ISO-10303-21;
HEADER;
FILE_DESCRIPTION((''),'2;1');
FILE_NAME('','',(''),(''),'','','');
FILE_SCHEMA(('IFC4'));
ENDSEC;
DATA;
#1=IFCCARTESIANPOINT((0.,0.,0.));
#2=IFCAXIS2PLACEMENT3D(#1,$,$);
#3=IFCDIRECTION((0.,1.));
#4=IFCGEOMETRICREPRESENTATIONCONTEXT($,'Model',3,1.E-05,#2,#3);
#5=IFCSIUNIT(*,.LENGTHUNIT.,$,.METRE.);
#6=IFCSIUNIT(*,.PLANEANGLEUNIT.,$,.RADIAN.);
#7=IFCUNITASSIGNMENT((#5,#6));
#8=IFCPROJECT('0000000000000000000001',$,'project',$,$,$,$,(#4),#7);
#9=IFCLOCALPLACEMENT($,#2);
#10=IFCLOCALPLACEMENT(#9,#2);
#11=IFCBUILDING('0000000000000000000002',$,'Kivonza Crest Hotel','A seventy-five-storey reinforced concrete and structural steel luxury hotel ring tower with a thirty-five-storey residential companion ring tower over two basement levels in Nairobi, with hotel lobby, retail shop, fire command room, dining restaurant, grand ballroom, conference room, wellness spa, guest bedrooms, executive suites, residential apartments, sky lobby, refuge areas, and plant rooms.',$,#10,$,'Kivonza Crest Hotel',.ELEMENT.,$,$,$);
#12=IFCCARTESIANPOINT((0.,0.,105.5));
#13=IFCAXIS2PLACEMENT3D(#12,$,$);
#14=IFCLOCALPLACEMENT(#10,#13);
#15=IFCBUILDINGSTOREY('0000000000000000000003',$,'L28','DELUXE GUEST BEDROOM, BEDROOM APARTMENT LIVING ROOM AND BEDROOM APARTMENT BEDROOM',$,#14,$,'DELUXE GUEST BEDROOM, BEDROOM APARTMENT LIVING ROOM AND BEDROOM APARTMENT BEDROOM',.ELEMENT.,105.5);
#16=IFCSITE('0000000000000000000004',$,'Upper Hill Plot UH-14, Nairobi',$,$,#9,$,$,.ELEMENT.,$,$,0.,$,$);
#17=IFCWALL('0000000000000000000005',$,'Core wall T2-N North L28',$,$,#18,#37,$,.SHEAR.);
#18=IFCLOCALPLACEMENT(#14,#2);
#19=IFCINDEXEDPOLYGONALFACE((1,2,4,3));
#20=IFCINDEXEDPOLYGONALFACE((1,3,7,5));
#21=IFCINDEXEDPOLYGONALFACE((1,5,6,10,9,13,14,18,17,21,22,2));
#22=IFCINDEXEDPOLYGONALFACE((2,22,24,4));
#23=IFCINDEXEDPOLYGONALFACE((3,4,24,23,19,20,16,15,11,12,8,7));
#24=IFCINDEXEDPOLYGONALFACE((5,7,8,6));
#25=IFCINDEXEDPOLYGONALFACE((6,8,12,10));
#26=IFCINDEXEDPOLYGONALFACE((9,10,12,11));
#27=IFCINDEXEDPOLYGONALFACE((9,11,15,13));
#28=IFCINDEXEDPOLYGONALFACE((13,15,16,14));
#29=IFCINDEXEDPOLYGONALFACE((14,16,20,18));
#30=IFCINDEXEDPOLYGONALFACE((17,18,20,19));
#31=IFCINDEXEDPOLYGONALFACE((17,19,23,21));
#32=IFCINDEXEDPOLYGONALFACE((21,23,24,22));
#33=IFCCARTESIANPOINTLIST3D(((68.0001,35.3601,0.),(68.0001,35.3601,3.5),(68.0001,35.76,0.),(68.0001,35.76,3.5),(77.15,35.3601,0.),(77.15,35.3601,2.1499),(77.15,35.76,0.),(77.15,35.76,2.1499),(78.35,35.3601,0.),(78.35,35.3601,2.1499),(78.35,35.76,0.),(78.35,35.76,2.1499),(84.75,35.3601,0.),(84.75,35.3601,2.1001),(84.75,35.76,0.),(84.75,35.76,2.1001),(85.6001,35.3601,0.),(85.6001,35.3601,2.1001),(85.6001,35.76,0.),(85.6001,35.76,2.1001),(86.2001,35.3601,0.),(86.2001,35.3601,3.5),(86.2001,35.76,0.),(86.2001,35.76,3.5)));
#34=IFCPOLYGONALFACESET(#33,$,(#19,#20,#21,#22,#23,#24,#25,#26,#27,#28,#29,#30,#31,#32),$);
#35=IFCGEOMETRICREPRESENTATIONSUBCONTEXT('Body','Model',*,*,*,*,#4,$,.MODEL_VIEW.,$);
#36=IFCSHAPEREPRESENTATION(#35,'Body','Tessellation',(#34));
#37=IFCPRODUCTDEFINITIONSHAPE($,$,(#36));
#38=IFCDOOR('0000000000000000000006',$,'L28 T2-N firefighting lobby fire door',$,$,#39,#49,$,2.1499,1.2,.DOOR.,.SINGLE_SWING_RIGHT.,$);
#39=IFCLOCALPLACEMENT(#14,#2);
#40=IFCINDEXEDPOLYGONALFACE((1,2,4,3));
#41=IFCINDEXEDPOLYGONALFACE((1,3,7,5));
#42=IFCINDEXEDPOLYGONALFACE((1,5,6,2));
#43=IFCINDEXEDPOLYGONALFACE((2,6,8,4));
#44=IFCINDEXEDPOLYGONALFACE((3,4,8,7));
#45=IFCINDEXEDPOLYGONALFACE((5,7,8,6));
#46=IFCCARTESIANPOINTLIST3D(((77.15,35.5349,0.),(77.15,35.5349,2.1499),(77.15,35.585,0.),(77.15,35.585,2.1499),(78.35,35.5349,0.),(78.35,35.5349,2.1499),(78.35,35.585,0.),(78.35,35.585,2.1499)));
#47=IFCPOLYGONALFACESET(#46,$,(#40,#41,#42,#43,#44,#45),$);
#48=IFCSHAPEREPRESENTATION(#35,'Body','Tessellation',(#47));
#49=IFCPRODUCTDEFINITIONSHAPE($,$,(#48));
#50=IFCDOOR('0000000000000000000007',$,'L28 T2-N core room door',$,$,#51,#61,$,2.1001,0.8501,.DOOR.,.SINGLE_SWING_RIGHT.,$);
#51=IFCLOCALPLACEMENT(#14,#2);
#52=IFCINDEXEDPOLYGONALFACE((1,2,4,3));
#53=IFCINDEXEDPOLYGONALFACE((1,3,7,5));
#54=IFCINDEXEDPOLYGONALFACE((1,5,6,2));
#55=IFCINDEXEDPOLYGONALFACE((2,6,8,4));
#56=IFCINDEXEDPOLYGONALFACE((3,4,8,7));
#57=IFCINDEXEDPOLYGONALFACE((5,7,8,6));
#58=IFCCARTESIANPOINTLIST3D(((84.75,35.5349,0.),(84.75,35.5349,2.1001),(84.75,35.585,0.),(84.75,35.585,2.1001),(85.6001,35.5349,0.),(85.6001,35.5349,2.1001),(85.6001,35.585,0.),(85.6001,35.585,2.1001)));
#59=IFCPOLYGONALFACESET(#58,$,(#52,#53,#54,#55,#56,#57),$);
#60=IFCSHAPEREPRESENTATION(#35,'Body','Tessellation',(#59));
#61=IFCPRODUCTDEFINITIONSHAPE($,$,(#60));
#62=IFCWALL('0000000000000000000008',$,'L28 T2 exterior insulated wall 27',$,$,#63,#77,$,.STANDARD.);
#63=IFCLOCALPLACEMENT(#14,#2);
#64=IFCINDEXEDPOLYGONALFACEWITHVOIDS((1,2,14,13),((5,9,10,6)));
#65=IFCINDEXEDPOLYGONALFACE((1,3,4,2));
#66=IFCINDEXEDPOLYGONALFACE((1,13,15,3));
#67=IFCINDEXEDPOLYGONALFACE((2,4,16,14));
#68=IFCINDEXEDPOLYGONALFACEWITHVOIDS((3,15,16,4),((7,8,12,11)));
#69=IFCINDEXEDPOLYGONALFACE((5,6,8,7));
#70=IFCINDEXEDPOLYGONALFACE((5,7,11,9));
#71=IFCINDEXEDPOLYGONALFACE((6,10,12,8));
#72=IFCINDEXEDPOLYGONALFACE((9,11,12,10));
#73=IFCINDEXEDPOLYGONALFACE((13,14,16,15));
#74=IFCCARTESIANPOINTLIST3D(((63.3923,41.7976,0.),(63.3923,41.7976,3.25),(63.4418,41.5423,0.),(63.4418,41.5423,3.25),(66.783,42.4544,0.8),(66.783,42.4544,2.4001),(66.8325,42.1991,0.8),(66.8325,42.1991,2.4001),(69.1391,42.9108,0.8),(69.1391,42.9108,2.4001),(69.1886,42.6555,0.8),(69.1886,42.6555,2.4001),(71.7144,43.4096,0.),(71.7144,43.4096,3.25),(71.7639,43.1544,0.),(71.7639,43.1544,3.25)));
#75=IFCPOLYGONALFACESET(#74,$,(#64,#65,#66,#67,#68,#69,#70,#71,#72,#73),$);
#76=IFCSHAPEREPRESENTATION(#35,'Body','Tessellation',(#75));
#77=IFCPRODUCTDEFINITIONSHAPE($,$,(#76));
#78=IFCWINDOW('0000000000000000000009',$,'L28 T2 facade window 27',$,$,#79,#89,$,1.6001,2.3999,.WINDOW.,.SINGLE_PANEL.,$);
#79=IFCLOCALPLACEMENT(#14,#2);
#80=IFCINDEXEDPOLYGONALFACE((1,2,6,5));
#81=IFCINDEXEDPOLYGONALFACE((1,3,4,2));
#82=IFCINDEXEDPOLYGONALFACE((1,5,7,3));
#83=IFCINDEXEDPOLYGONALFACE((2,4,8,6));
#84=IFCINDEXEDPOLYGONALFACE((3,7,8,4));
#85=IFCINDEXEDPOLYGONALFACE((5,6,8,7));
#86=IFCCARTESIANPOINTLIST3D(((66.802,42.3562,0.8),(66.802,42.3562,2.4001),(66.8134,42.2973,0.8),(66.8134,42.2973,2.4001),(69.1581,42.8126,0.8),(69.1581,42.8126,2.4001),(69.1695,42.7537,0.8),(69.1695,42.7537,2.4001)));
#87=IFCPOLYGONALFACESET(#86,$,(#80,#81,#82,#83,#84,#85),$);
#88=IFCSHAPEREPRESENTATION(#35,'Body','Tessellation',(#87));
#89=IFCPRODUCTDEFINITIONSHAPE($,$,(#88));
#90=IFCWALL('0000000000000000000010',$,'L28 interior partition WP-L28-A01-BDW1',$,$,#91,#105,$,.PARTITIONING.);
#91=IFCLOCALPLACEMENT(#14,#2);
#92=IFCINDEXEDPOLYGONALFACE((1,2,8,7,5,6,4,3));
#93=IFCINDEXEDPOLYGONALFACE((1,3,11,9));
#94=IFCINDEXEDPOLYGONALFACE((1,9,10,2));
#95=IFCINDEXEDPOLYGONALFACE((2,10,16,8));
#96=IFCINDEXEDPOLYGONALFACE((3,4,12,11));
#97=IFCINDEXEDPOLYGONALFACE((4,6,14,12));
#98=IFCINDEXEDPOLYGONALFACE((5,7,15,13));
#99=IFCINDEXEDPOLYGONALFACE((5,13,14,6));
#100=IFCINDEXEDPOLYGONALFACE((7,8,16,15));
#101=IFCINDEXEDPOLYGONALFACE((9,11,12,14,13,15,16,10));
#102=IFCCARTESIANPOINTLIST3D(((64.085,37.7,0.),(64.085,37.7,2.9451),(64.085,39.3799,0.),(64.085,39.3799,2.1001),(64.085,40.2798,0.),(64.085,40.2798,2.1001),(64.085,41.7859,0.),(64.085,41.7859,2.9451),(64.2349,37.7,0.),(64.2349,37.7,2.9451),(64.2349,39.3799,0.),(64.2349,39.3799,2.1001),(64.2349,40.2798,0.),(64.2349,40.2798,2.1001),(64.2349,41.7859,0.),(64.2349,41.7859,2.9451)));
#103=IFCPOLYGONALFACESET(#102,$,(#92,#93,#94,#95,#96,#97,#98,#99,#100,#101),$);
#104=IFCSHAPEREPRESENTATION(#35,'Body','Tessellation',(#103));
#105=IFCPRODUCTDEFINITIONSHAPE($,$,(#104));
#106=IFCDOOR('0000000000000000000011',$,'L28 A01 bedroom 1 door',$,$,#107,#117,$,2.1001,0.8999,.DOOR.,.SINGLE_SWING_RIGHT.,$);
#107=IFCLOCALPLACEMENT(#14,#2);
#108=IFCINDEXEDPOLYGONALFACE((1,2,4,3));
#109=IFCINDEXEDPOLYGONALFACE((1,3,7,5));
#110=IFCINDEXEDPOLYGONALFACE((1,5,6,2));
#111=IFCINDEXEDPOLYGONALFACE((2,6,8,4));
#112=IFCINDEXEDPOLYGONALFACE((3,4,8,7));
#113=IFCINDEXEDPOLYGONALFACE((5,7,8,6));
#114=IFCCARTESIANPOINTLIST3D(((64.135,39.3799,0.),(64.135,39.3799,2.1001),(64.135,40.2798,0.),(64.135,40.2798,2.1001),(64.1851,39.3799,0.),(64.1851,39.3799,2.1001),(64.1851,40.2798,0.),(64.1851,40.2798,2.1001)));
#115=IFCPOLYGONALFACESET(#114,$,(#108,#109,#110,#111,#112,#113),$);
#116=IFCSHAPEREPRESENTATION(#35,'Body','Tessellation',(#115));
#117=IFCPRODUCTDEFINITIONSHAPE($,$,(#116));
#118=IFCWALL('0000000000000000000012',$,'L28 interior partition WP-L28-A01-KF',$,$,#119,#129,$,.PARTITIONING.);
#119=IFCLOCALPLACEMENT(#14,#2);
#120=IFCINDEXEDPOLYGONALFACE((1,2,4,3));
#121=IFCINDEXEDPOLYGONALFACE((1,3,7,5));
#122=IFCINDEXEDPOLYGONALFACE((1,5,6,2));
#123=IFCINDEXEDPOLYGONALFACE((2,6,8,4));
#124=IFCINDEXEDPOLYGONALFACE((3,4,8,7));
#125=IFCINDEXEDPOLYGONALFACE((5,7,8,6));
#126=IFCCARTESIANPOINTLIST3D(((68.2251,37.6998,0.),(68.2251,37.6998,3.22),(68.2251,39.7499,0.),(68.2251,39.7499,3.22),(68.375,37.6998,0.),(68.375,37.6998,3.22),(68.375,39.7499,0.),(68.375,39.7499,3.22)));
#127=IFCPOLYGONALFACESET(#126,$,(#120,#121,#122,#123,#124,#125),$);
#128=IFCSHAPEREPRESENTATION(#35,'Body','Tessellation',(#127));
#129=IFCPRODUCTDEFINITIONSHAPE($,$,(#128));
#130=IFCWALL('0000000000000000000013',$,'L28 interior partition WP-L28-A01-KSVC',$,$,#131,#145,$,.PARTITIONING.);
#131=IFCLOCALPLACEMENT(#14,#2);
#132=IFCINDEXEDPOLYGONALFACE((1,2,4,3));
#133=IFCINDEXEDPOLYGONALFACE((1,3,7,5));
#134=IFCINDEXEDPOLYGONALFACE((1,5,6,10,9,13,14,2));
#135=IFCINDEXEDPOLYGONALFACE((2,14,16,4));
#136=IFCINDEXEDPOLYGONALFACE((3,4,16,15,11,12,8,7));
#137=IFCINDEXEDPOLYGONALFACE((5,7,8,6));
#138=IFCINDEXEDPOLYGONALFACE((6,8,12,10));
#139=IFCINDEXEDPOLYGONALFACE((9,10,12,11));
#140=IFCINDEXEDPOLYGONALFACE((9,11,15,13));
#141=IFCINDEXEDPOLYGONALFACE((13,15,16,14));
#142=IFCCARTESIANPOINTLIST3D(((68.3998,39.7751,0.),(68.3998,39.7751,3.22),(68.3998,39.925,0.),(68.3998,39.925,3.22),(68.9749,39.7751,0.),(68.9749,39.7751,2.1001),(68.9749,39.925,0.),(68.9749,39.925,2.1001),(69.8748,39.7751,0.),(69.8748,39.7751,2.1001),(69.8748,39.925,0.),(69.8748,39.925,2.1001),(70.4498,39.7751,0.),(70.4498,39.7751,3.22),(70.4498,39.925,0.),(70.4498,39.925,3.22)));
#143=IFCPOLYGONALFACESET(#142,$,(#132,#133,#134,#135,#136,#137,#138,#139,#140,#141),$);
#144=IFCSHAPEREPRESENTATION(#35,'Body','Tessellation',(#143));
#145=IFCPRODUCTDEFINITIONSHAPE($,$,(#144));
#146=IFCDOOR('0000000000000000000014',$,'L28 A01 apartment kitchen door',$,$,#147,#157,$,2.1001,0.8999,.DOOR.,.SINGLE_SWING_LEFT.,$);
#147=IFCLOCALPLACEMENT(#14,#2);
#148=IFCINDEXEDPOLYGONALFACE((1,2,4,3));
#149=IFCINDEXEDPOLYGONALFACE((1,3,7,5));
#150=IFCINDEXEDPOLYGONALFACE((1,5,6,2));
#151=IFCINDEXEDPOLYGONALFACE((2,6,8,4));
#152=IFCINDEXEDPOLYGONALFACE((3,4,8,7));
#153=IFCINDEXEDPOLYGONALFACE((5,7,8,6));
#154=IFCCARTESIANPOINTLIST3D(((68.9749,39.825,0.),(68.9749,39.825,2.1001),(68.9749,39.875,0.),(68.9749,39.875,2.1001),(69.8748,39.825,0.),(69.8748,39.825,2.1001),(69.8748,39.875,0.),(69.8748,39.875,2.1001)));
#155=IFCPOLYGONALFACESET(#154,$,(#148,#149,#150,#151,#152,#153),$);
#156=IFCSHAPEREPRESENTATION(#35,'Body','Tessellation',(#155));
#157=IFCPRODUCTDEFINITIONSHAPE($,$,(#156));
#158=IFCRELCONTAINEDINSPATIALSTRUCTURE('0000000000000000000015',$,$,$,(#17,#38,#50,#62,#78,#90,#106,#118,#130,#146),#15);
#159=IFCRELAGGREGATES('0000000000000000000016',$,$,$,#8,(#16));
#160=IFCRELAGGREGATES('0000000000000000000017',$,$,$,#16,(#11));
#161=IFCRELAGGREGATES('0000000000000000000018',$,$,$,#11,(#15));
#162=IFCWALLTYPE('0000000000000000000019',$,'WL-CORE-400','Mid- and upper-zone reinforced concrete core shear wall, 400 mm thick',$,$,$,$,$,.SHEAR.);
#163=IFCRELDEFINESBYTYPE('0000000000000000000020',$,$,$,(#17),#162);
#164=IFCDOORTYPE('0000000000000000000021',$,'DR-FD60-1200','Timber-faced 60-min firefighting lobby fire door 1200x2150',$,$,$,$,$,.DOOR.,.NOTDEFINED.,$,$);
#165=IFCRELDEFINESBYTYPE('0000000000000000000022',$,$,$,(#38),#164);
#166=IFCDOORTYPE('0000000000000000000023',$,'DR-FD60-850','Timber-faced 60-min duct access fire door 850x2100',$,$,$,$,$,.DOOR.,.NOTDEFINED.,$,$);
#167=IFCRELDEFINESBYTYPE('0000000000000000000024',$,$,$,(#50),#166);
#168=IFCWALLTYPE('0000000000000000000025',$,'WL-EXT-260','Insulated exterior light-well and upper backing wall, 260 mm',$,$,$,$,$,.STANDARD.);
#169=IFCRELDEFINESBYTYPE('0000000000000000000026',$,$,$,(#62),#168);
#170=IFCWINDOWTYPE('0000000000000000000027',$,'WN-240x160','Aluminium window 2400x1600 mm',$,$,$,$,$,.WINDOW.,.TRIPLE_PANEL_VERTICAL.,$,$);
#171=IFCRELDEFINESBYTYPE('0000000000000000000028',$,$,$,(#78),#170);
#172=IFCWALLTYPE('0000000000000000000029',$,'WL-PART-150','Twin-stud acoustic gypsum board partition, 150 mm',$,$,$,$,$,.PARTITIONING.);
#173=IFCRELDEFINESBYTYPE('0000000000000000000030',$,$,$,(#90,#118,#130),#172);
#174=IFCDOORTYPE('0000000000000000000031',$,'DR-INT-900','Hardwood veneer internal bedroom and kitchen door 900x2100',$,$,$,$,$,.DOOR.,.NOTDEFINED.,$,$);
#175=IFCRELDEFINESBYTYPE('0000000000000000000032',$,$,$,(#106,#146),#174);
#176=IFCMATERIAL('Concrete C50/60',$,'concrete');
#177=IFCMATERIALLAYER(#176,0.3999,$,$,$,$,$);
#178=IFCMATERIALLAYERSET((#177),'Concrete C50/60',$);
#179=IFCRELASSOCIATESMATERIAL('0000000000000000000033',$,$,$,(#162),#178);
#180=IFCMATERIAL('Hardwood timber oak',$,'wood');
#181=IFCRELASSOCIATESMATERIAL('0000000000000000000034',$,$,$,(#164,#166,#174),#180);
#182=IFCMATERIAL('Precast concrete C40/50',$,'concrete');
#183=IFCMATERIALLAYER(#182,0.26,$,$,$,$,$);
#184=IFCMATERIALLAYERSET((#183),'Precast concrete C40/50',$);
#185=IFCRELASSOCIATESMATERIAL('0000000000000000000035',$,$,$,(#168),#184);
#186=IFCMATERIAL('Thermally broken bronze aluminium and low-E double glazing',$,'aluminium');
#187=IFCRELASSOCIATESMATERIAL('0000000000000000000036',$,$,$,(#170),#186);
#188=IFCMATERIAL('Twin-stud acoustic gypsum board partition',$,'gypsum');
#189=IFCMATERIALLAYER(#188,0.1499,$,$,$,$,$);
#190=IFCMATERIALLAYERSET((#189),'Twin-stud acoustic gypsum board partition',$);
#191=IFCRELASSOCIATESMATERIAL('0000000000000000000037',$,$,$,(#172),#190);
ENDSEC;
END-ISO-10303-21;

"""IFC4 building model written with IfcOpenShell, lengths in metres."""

from ifc_helpers import new_model, si_unit, direction, frame, frame_2d, origin, place, context, subcontext, project, spatial, rectangle, extrude, material, layer, layer_set, type_object, element, fill, save


model = new_model("IFC4")

# Units and contexts
model_context = context("Model", 3, precision=1e-05, world=origin(), true_north=direction((0.0, 1.0)))
body_context = subcontext(model_context, "Body", "Model", "MODEL_VIEW")
ifc_project = project(units=[si_unit("LENGTHUNIT", "METRE"), si_unit("PLANEANGLEUNIT", "RADIAN")], contexts=[model_context])

# Site, building, storey
site_placement = place(None, origin())
site = spatial("IfcSite", under=ifc_project, at=site_placement, Name="Upper Hill Plot UH-14, Nairobi", CompositionType="ELEMENT", RefElevation=0.0)
building_placement = place(site_placement, origin())
building = spatial("IfcBuilding", under=site, at=building_placement, Name="Kivonza Crest Hotel", Description="A seventy-five-storey reinforced concrete and structural steel luxury hotel ring tower with a thirty-five-storey residential companion ring tower over two basement levels in Nairobi, with hotel lobby, retail shop, fire command room, dining restaurant, grand ballroom, conference room, wellness spa, guest bedrooms, executive suites, residential apartments, sky lobby, refuge areas, and plant rooms.", LongName="Kivonza Crest Hotel", CompositionType="ELEMENT")
storey_placement = place(building_placement, frame((0.0, 0.0, 105.5)))
storey = spatial("IfcBuildingStorey", under=building, at=storey_placement, Name="L28", Description="DELUXE GUEST BEDROOM, BEDROOM APARTMENT LIVING ROOM AND BEDROOM APARTMENT BEDROOM", LongName="DELUXE GUEST BEDROOM, BEDROOM APARTMENT LIVING ROOM AND BEDROOM APARTMENT BEDROOM", CompositionType="ELEMENT", Elevation=105.5)

# Shared definitions
ifc_material_1 = material(Name="Concrete C50/60", Category="concrete")

# Shared definitions
ifc_material_2 = material(Name="Hardwood timber oak", Category="wood")

# Wall, openings, doors
ifc_layer_1 = layer(ifc_material_1, 0.3999)
ifc_layer_set_1 = layer_set([ifc_layer_1], Name="Concrete C50/60")
wall_type_1 = type_object("IfcWallType", Name="WL-CORE-400", Description="Mid- and upper-zone reinforced concrete core shear wall, 400 mm thick", PredefinedType="SHEAR", material=ifc_layer_set_1)
wall_1_placement = place(storey_placement, frame((68.0, 35.5601, 0.0), z_axis=(0.0, 0.0, 1.0), x_axis=(1.0, 0.0, 0.0)))
wall_1 = element("IfcWall", 1, at=wall_1_placement, inside=storey, type_object=wall_type_1, Name="Core wall T2-N North L28", PredefinedType="SHEAR", context=body_context, shape_type="SweptSolid", body=[
    extrude(rectangle(XDim=18.2, YDim=0.3999, at=frame_2d((9.1001, 0.0))), origin(), (0.0, 0.0, 1.0), 3.5),
])
opening_1_placement = place(wall_1_placement, frame((9.1499, 0.0, 0.0)))
opening_1 = element("IfcOpeningElement", 2, at=opening_1_placement, cuts=wall_1, PredefinedType="OPENING", context=body_context, shape_type="SweptSolid", body=[
    extrude(rectangle(XDim=1.2, YDim=2.1499, at=frame_2d((0.6001, 1.075))), frame((0.0, 0.21, 0.0), z_axis=(0.0, -1.0, 0.0), x_axis=(1.0, 0.0, 0.0)), (0.0, 0.0, 1.0), 0.4199),
])
opening_2_placement = place(wall_1_placement, frame((16.75, 0.0, 0.0)))
opening_2 = element("IfcOpeningElement", 3, at=opening_2_placement, cuts=wall_1, PredefinedType="OPENING", context=body_context, shape_type="SweptSolid", body=[
    extrude(rectangle(XDim=0.8501, YDim=2.1001, at=frame_2d((0.425, 1.05))), frame((0.0, 0.21, 0.0), z_axis=(0.0, -1.0, 0.0), x_axis=(1.0, 0.0, 0.0)), (0.0, 0.0, 1.0), 0.4199),
])
door_type_1 = type_object("IfcDoorType", Name="DR-FD60-1200", Description="Timber-faced 60-min firefighting lobby fire door 1200x2150", OperationType="NOTDEFINED", PredefinedType="DOOR", material=ifc_material_2)
door_1_placement = place(opening_1_placement, origin())
door_1 = element("IfcDoor", 4, at=door_1_placement, inside=storey, type_object=door_type_1, Name="L28 T2-N firefighting lobby fire door", OperationType="SINGLE_SWING_RIGHT", OverallHeight=2.1499, OverallWidth=1.2, PredefinedType="DOOR", context=body_context, shape_type="SweptSolid", body=[
    extrude(rectangle(XDim=1.2, YDim=2.1499, at=frame_2d((0.6001, 1.075))), frame((0.0, 0.0249, 0.0), z_axis=(0.0, -1.0, 0.0), x_axis=(1.0, 0.0, 0.0)), (0.0, 0.0, 1.0), 0.05),
])
fill(opening_1, door_1)
door_type_2 = type_object("IfcDoorType", Name="DR-FD60-850", Description="Timber-faced 60-min duct access fire door 850x2100", OperationType="NOTDEFINED", PredefinedType="DOOR", material=ifc_material_2)
door_2_placement = place(opening_2_placement, origin())
door_2 = element("IfcDoor", 5, at=door_2_placement, inside=storey, type_object=door_type_2, Name="L28 T2-N core room door", OperationType="SINGLE_SWING_RIGHT", OverallHeight=2.1001, OverallWidth=0.8501, PredefinedType="DOOR", context=body_context, shape_type="SweptSolid", body=[
    extrude(rectangle(XDim=0.8501, YDim=2.1001, at=frame_2d((0.425, 1.05))), frame((0.0, 0.0249, 0.0), z_axis=(0.0, -1.0, 0.0), x_axis=(1.0, 0.0, 0.0)), (0.0, 0.0, 1.0), 0.05),
])
fill(opening_2, door_2)

# Wall, opening, window
ifc_material_3 = material(Name="Precast concrete C40/50", Category="concrete")
ifc_layer_2 = layer(ifc_material_3, 0.26)
ifc_layer_set_2 = layer_set([ifc_layer_2], Name="Precast concrete C40/50")
wall_type_2 = type_object("IfcWallType", Name="WL-EXT-260", Description="Insulated exterior light-well and upper backing wall, 260 mm", PredefinedType="STANDARD", material=ifc_layer_set_2)
wall_2_placement = place(storey_placement, frame((71.739, 43.282, 0.0), z_axis=(0.0, 0.0, 1.0), x_axis=(-0.98175, -0.190175, 0.0)))
wall_2 = element("IfcWall", 6, at=wall_2_placement, inside=storey, type_object=wall_type_2, Name="L28 T2 exterior insulated wall 27", PredefinedType="STANDARD", context=body_context, shape_type="SweptSolid", body=[
    extrude(rectangle(XDim=8.4768, YDim=0.26, at=frame_2d((4.2383, 0.0))), origin(), (0.0, 0.0, 1.0), 3.25),
])
opening_3_placement = place(wall_2_placement, frame((2.623, 0.0, 0.8)))
opening_3 = element("IfcOpeningElement", 7, at=opening_3_placement, cuts=wall_2, PredefinedType="OPENING", context=body_context, shape_type="SweptSolid", body=[
    extrude(rectangle(XDim=2.3999, YDim=1.6001, at=frame_2d((1.2, 0.8))), frame((0.0, 0.1401, 0.0), z_axis=(0.0, -1.0, 0.0), x_axis=(1.0, 0.0, 0.0)), (0.0, 0.0, 1.0), 0.28),
])
ifc_material_4 = material(Name="Thermally broken bronze aluminium and low-E double glazing", Category="aluminium")
window_type = type_object("IfcWindowType", Name="WN-240x160", Description="Aluminium window 2400x1600 mm", PartitioningType="TRIPLE_PANEL_VERTICAL", PredefinedType="WINDOW", material=ifc_material_4)
window_placement = place(opening_3_placement, origin())
window = element("IfcWindow", 8, at=window_placement, inside=storey, type_object=window_type, Name="L28 T2 facade window 27", OverallHeight=1.6001, OverallWidth=2.3999, PartitioningType="SINGLE_PANEL", PredefinedType="WINDOW", context=body_context, shape_type="SweptSolid", body=[
    extrude(rectangle(XDim=2.3999, YDim=1.6001, at=frame_2d((1.2, 0.8))), frame((0.0, 0.03, 0.0), z_axis=(0.0, -1.0, 0.0), x_axis=(1.0, 0.0, 0.0)), (0.0, 0.0, 1.0), 0.0601),
])
fill(opening_3, window)

# Wall, opening, door
ifc_material_5 = material(Name="Twin-stud acoustic gypsum board partition", Category="gypsum")
ifc_layer_3 = layer(ifc_material_5, 0.1499)
ifc_layer_set_3 = layer_set([ifc_layer_3], Name="Twin-stud acoustic gypsum board partition")
wall_type_3 = type_object("IfcWallType", Name="WL-PART-150", Description="Twin-stud acoustic gypsum board partition, 150 mm", PredefinedType="PARTITIONING", material=ifc_layer_set_3)
wall_3_placement = place(storey_placement, frame((64.1599, 37.7, 0.0), z_axis=(0.0, 0.0, 1.0), x_axis=(0.0, 1.0, 0.0)))
wall_3 = element("IfcWall", 9, at=wall_3_placement, inside=storey, type_object=wall_type_3, Name="L28 interior partition WP-L28-A01-BDW1", PredefinedType="PARTITIONING", context=body_context, shape_type="SweptSolid", body=[
    extrude(rectangle(XDim=4.0859, YDim=0.1499, at=frame_2d((2.043, 0.0))), origin(), (0.0, 0.0, 1.0), 2.9451),
])
opening_4_placement = place(wall_3_placement, frame((1.6799, 0.0, 0.0)))
opening_4 = element("IfcOpeningElement", 10, at=opening_4_placement, cuts=wall_3, PredefinedType="OPENING", context=body_context, shape_type="SweptSolid", body=[
    extrude(rectangle(XDim=0.8999, YDim=2.1001, at=frame_2d((0.45, 1.05))), frame((0.0, 0.085, 0.0), z_axis=(0.0, -1.0, 0.0), x_axis=(1.0, 0.0, 0.0)), (0.0, 0.0, 1.0), 0.1699),
])
door_type_3 = type_object("IfcDoorType", Name="DR-INT-900", Description="Hardwood veneer internal bedroom and kitchen door 900x2100", OperationType="NOTDEFINED", PredefinedType="DOOR", material=ifc_material_2)
door_3_placement = place(opening_4_placement, origin())
door_3 = element("IfcDoor", 11, at=door_3_placement, inside=storey, type_object=door_type_3, Name="L28 A01 bedroom 1 door", OperationType="SINGLE_SWING_RIGHT", OverallHeight=2.1001, OverallWidth=0.8999, PredefinedType="DOOR", context=body_context, shape_type="SweptSolid", body=[
    extrude(rectangle(XDim=0.8999, YDim=2.1001, at=frame_2d((0.45, 1.05))), frame((0.0, 0.0249, 0.0), z_axis=(0.0, -1.0, 0.0), x_axis=(1.0, 0.0, 0.0)), (0.0, 0.0, 1.0), 0.05),
])
fill(opening_4, door_3)

# Wall
wall_4_placement = place(storey_placement, frame((68.3, 37.7, 0.0), z_axis=(0.0, 0.0, 1.0), x_axis=(0.0, 1.0, 0.0)))
element("IfcWall", 12, at=wall_4_placement, inside=storey, type_object=wall_type_3, Name="L28 interior partition WP-L28-A01-KF", PredefinedType="PARTITIONING", context=body_context, shape_type="SweptSolid", body=[
    extrude(rectangle(XDim=2.05, YDim=0.1499, at=frame_2d((1.0249, 0.0))), origin(), (0.0, 0.0, 1.0), 3.22),
])

# Wall, opening, door
wall_5_placement = place(storey_placement, frame((68.3999, 39.8501, 0.0), z_axis=(0.0, 0.0, 1.0), x_axis=(1.0, 0.0, 0.0)))
wall_5 = element("IfcWall", 13, at=wall_5_placement, inside=storey, type_object=wall_type_3, Name="L28 interior partition WP-L28-A01-KSVC", PredefinedType="PARTITIONING", context=body_context, shape_type="SweptSolid", body=[
    extrude(rectangle(XDim=2.05, YDim=0.1499, at=frame_2d((1.0249, 0.0))), origin(), (0.0, 0.0, 1.0), 3.22),
])
opening_5_placement = place(wall_5_placement, frame((0.575, 0.0, 0.0)))
opening_5 = element("IfcOpeningElement", 14, at=opening_5_placement, cuts=wall_5, PredefinedType="OPENING", context=body_context, shape_type="SweptSolid", body=[
    extrude(rectangle(XDim=0.8999, YDim=2.1001, at=frame_2d((0.45, 1.05))), frame((0.0, 0.085, 0.0), z_axis=(0.0, -1.0, 0.0), x_axis=(1.0, 0.0, 0.0)), (0.0, 0.0, 1.0), 0.1699),
])
door_4_placement = place(opening_5_placement, origin())
door_4 = element("IfcDoor", 15, at=door_4_placement, inside=storey, type_object=door_type_3, Name="L28 A01 apartment kitchen door", OperationType="SINGLE_SWING_LEFT", OverallHeight=2.1001, OverallWidth=0.8999, PredefinedType="DOOR", context=body_context, shape_type="SweptSolid", body=[
    extrude(rectangle(XDim=0.8999, YDim=2.1001, at=frame_2d((0.45, 1.05))), frame((0.0, 0.0249, 0.0), z_axis=(0.0, -1.0, 0.0), x_axis=(1.0, 0.0, 0.0)), (0.0, 0.0, 1.0), 0.05),
])
fill(opening_5, door_4)

save(model, "model.ifc")
